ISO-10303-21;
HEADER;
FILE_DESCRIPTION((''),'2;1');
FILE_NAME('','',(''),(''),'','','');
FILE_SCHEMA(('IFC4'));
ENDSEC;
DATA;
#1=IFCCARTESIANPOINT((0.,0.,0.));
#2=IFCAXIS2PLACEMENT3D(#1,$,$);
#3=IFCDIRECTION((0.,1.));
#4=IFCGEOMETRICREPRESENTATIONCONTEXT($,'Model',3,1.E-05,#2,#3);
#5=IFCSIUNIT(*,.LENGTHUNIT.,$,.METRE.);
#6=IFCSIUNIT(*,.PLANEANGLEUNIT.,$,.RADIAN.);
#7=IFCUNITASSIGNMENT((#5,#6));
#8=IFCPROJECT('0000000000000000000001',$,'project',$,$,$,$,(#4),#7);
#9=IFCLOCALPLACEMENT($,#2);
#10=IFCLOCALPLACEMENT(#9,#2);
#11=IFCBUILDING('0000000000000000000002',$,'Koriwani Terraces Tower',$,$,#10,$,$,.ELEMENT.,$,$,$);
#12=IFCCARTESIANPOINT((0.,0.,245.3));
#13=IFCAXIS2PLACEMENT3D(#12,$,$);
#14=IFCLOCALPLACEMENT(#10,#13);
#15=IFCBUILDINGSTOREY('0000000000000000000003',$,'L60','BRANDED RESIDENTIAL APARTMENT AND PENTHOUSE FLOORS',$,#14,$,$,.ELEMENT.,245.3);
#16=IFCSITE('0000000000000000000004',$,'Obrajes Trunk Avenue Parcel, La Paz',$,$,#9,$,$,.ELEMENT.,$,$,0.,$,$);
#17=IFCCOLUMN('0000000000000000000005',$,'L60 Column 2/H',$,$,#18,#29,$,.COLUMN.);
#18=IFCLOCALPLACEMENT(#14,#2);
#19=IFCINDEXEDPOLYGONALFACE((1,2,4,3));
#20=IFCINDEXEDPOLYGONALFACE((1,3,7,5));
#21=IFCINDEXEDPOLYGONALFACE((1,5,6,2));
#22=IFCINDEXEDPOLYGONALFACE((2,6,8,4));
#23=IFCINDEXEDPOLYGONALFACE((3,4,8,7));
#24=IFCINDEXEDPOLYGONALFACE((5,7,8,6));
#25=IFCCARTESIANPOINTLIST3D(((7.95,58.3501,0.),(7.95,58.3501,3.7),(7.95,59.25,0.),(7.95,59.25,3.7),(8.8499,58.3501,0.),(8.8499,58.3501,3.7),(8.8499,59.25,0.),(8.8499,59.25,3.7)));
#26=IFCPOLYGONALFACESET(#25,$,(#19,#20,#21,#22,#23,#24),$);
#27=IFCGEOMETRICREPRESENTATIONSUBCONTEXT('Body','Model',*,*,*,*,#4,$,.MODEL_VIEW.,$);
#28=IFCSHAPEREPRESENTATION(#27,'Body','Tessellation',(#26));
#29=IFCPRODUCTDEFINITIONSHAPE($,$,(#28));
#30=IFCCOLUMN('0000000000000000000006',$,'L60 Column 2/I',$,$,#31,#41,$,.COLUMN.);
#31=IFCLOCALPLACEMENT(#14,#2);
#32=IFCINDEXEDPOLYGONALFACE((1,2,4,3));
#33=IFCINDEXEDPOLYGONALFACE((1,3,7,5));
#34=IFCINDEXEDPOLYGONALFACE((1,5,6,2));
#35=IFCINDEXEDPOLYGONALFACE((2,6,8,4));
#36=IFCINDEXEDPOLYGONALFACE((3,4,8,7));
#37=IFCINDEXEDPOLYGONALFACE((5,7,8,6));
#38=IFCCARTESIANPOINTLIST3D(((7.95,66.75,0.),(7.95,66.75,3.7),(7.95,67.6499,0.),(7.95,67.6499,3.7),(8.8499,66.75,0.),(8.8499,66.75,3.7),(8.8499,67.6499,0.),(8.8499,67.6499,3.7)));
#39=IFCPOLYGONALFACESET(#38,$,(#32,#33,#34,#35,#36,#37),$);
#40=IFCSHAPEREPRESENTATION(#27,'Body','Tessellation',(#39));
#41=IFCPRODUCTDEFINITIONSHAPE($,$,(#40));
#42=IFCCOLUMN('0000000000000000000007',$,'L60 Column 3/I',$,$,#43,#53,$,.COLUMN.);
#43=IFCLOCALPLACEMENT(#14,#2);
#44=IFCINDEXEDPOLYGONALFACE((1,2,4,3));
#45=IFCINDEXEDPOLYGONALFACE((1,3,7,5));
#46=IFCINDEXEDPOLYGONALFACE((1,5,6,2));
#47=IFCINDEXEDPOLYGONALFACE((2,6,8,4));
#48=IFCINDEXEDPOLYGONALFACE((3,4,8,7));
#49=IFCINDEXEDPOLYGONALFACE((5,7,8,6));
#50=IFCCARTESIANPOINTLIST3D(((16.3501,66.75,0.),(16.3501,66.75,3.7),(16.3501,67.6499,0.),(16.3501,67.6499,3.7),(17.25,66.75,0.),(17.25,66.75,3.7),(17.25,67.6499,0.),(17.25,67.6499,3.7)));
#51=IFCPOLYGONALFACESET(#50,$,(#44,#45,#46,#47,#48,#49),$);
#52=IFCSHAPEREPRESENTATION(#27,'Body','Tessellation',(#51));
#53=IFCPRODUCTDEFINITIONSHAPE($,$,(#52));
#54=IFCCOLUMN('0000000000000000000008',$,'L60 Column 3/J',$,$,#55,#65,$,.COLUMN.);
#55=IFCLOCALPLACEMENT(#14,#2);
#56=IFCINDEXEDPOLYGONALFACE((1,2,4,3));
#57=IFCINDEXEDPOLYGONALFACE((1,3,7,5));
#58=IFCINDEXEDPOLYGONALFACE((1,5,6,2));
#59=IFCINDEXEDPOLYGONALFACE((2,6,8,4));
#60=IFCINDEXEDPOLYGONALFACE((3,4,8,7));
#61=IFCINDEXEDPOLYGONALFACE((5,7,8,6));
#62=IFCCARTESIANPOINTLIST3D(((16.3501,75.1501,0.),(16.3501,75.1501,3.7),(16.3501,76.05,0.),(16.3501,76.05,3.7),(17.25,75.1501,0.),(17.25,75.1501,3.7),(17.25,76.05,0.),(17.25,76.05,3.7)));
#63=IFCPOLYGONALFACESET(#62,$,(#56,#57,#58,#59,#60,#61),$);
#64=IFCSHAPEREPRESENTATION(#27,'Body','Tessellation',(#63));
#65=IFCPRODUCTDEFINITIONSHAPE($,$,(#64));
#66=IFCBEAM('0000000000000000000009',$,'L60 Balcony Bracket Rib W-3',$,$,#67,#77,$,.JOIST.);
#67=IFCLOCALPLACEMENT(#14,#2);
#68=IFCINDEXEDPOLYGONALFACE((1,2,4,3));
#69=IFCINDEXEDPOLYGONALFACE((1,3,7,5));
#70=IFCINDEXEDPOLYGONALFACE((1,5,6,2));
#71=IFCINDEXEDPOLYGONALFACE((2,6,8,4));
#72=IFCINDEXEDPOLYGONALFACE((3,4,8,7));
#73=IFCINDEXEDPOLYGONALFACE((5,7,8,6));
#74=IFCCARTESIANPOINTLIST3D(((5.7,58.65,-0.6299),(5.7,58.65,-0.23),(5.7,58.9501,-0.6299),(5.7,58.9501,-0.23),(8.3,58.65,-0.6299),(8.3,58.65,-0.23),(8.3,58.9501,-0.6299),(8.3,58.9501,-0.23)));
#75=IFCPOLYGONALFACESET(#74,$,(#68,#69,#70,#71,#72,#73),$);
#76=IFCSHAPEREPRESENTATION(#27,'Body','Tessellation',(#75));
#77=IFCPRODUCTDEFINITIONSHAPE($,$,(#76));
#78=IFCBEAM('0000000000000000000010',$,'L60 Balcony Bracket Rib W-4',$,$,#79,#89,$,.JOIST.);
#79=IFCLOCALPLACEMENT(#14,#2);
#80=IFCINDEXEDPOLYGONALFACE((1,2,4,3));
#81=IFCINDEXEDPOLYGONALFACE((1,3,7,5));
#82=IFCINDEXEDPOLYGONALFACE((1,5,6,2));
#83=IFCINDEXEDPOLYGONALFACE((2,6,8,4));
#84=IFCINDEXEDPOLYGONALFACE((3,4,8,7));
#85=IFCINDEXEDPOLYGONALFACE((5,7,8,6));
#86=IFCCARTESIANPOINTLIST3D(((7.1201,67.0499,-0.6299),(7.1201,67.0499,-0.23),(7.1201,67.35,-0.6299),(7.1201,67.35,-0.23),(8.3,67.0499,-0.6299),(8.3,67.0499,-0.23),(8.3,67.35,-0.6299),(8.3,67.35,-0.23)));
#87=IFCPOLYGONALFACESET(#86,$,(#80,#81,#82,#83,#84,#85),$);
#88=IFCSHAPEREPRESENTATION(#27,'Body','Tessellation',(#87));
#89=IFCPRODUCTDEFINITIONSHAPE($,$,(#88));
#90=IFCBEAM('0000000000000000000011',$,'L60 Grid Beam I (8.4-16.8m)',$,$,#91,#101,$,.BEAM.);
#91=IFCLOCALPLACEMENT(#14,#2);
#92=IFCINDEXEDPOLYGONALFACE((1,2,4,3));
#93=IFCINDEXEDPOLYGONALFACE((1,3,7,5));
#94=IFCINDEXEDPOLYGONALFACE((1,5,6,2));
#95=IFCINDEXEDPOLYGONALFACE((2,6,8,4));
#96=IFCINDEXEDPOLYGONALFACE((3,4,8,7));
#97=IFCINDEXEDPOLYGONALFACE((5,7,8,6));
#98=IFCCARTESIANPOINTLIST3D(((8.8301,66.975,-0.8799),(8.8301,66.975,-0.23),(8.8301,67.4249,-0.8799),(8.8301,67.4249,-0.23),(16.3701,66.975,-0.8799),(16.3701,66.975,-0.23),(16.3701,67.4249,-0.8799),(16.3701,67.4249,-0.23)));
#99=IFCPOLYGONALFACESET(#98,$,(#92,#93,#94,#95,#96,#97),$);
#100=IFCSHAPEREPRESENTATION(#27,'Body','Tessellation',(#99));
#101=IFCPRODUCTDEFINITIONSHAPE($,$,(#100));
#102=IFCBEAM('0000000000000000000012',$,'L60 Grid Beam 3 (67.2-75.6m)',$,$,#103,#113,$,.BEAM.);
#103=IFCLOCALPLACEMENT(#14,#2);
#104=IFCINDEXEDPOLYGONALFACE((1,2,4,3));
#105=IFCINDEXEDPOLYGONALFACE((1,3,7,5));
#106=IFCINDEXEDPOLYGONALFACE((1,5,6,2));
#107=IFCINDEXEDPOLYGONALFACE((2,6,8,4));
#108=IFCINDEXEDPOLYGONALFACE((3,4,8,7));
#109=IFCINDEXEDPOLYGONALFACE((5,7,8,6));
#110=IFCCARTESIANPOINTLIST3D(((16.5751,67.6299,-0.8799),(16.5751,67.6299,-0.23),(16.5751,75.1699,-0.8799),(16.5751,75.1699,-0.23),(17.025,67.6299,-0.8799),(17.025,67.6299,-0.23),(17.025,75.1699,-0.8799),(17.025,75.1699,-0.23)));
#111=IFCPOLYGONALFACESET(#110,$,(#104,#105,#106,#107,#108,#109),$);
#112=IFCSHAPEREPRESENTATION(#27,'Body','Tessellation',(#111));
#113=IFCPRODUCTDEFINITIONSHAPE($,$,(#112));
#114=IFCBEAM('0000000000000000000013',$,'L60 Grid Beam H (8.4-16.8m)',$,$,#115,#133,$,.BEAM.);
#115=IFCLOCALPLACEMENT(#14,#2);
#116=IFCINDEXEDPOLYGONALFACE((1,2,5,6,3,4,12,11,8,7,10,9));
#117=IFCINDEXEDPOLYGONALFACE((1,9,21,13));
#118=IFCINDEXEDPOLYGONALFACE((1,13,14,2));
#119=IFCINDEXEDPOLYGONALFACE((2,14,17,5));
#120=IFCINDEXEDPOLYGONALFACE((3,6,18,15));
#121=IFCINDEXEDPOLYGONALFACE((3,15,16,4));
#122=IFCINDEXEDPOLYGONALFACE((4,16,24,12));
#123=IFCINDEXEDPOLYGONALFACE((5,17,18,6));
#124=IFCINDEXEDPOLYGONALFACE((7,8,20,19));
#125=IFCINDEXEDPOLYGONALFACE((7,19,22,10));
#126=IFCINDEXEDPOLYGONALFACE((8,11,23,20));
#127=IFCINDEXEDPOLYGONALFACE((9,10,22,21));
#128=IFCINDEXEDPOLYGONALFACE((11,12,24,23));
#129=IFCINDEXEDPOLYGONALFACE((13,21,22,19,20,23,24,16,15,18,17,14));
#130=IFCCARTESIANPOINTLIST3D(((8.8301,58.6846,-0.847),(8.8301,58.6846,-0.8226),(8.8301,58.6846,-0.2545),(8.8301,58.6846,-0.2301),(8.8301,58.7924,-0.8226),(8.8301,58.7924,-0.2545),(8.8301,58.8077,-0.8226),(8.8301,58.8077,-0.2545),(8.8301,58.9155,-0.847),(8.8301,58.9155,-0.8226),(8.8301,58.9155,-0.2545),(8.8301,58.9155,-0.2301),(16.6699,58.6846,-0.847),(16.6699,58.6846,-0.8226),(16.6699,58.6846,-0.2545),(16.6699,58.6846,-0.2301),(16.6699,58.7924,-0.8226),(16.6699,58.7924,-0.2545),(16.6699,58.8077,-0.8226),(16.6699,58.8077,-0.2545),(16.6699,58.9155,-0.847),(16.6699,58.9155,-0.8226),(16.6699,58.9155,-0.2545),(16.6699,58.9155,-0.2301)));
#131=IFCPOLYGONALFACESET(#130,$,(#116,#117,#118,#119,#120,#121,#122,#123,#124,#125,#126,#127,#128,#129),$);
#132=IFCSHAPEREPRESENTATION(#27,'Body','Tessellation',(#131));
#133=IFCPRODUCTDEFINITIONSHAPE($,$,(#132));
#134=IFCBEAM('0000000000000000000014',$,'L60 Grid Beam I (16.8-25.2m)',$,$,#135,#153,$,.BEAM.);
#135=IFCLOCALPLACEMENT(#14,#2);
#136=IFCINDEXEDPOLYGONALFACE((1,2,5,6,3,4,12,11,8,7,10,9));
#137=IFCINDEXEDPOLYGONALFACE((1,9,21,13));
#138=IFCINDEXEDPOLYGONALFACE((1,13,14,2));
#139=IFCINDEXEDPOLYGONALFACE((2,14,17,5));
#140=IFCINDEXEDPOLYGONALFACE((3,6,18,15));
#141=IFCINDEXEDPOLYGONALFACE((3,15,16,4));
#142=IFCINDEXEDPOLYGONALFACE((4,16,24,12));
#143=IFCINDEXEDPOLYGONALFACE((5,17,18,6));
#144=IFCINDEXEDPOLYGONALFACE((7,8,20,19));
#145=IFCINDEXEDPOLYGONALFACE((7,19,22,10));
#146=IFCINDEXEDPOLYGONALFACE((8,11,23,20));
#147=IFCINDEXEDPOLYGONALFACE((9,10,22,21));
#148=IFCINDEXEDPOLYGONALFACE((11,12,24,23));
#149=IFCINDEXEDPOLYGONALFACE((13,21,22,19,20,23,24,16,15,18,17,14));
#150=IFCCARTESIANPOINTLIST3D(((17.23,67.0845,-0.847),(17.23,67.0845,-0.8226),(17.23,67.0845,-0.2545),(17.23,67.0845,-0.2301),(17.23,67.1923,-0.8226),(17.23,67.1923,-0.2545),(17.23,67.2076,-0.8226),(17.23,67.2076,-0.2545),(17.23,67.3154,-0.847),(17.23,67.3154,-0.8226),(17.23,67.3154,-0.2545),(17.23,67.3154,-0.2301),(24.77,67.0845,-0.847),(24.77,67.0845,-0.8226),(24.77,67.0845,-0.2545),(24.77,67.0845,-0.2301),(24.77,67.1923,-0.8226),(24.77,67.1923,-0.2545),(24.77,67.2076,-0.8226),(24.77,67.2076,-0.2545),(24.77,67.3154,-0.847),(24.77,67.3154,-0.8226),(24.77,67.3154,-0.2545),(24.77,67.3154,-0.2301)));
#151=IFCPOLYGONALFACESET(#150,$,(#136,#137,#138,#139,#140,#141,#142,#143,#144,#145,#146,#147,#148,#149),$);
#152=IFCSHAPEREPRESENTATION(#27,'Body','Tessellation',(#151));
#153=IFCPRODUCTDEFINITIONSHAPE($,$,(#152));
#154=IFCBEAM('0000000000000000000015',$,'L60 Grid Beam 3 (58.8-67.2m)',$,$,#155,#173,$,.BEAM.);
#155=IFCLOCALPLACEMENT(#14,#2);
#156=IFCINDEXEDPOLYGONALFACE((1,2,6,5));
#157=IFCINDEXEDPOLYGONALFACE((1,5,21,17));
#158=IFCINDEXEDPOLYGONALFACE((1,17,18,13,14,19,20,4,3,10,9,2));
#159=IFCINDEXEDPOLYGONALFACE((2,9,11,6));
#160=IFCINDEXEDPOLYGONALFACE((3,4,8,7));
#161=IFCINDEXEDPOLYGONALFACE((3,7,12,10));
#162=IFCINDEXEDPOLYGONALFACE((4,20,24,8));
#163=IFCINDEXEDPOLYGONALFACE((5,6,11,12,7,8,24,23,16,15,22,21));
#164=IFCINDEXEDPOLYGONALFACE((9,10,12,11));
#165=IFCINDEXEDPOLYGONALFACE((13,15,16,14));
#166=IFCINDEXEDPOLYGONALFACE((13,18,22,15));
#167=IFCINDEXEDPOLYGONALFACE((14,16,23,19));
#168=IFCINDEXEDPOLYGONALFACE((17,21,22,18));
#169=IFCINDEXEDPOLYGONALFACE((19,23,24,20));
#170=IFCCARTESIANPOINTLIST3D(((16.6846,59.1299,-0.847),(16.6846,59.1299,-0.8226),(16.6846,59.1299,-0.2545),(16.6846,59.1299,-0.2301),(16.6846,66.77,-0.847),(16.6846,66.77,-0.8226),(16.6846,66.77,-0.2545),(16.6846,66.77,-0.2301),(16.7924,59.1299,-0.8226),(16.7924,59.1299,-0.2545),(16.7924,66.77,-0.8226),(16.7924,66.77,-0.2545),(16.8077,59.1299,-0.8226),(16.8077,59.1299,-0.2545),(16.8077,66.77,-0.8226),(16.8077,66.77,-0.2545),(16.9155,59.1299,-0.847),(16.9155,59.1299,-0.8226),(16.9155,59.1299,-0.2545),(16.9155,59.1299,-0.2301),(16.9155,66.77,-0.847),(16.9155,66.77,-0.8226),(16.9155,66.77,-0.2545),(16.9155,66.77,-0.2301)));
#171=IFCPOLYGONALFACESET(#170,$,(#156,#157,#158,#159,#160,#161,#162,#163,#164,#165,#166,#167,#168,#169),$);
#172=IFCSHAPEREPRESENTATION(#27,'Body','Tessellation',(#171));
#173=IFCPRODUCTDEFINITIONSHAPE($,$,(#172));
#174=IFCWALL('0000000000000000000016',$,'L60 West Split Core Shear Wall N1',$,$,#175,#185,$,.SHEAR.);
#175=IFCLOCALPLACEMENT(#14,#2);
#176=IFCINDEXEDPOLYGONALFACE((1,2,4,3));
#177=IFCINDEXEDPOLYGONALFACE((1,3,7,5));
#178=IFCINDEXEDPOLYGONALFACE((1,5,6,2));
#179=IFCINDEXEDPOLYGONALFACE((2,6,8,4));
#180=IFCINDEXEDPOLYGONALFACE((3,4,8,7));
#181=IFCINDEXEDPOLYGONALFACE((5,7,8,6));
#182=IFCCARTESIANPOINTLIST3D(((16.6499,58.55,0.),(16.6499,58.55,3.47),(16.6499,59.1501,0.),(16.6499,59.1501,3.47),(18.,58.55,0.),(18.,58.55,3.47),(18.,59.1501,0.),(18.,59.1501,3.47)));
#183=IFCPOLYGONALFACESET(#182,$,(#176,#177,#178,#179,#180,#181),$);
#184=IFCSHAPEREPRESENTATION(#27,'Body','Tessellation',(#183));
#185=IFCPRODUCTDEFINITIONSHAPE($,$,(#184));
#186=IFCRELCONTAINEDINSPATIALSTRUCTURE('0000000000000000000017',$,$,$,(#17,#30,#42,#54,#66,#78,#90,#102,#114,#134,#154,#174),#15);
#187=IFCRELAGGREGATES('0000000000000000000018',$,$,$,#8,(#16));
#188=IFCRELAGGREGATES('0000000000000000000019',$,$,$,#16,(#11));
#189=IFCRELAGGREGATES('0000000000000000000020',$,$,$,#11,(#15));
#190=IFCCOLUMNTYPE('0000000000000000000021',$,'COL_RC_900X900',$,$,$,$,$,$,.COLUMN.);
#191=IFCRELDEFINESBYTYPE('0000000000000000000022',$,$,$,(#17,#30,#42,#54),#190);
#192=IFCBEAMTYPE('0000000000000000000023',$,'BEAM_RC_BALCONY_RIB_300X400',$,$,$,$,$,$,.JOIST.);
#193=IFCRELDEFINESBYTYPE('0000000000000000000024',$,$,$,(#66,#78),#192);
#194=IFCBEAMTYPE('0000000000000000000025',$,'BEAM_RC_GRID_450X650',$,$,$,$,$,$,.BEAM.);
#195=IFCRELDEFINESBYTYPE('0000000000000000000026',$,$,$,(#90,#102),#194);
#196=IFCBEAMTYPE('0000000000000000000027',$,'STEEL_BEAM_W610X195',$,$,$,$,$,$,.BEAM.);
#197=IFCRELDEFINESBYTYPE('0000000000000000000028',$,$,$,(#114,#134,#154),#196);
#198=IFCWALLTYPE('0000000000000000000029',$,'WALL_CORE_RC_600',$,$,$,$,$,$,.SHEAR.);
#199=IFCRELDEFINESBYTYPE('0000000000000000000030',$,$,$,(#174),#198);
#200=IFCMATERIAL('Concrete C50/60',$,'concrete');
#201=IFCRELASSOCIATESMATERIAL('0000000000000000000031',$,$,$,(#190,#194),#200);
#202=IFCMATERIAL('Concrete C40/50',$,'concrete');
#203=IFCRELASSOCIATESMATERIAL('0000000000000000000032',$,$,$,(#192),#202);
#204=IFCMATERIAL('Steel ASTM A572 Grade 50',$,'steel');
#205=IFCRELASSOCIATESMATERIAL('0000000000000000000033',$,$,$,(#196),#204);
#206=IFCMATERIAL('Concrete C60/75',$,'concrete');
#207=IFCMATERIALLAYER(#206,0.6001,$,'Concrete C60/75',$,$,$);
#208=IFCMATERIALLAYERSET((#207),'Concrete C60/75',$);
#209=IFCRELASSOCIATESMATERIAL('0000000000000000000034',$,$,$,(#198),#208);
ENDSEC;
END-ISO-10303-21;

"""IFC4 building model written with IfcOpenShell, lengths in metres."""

from ifc_helpers import new_model, si_unit, direction, frame, frame_2d, origin, origin_2d, place, context, subcontext, project, spatial, rectangle, i_section, extrude, material, layer, layer_set, material_profile, profile_set, type_object, element, save


model = new_model("IFC4")

# Units and contexts
model_context = context("Model", 3, precision=1e-05, world=origin(), true_north=direction((0.0, 1.0)))
body_context = subcontext(model_context, "Body", "Model", "MODEL_VIEW")
ifc_project = project(units=[si_unit("LENGTHUNIT", "METRE"), si_unit("PLANEANGLEUNIT", "RADIAN")], contexts=[model_context])

# Site, building, storey
site_placement = place(None, origin())
site = spatial("IfcSite", under=ifc_project, at=site_placement, Name="Obrajes Trunk Avenue Parcel, La Paz", CompositionType="ELEMENT", RefElevation=0.0)
building_placement = place(site_placement, origin())
building = spatial("IfcBuilding", under=site, at=building_placement, Name="Koriwani Terraces Tower", CompositionType="ELEMENT")
storey_placement = place(building_placement, frame((0.0, 0.0, 245.3)))
storey = spatial("IfcBuildingStorey", under=building, at=storey_placement, Name="L60", Description="BRANDED RESIDENTIAL APARTMENT AND PENTHOUSE FLOORS", CompositionType="ELEMENT", Elevation=245.3)

# Columns
ifc_material_1 = material(Name="Concrete C50/60", Category="concrete")
ifc_material_profile_1 = material_profile(ifc_material_1, rectangle(XDim=0.8999, YDim=0.8999, at=origin_2d()), Name="Concrete C50/60", Category="LoadBearing")
ifc_profile_set_1 = profile_set([ifc_material_profile_1], Name="Concrete C50/60")
column_type = type_object("IfcColumnType", Name="COL_RC_900X900", PredefinedType="COLUMN", material=ifc_profile_set_1)
for number, where, z_axis, x_axis, name in (
    (1, (8.3999, 58.8, 0.0), (0.0, 0.0, 1.0), (1.0, 0.0, 0.0), "L60 Column 2/H"),
    (2, (8.3999, 67.2, 0.0), (0.0, 0.0, 1.0), (1.0, 0.0, 0.0), "L60 Column 2/I"),
    (3, (16.8, 67.2, 0.0), (0.0, 0.0, 1.0), (1.0, 0.0, 0.0), "L60 Column 3/I"),
    (4, (16.8, 75.6001, 0.0), (0.0, 0.0, 1.0), (1.0, 0.0, 0.0), "L60 Column 3/J"),
):
    element("IfcColumn", number, at=place(storey_placement, frame(where, z_axis=z_axis, x_axis=x_axis)), inside=storey, type_object=column_type, Name=name, PredefinedType="COLUMN", context=body_context, shape_type="SweptSolid", body=[
        extrude(rectangle(XDim=0.8999, YDim=0.8999, at=origin_2d()), origin(), (0.0, 0.0, 1.0), 3.7),
    ])

# Beams
ifc_material_2 = material(Name="Concrete C40/50", Category="concrete")
ifc_material_profile_2 = material_profile(ifc_material_2, rectangle(XDim=0.3, YDim=0.3999, at=origin_2d()), Name="Concrete C40/50", Category="LoadBearing")
ifc_profile_set_2 = profile_set([ifc_material_profile_2], Name="Concrete C40/50")
beam_type_1 = type_object("IfcBeamType", Name="BEAM_RC_BALCONY_RIB_300X400", PredefinedType="JOIST", material=ifc_profile_set_2)
beam_1_placement = place(storey_placement, frame((5.7, 58.8, -0.4299), z_axis=(1.0, 0.0, 0.0), x_axis=(0.0, 1.0, 0.0)))
element("IfcBeam", 5, at=beam_1_placement, inside=storey, type_object=beam_type_1, Name="L60 Balcony Bracket Rib W-3", PredefinedType="JOIST", context=body_context, shape_type="SweptSolid", body=[
    extrude(rectangle(XDim=0.3, YDim=0.3999, at=origin_2d()), origin(), (0.0, 0.0, 1.0), 2.6001),
])
beam_2_placement = place(storey_placement, frame((7.1201, 67.2, -0.4299), z_axis=(1.0, 0.0, 0.0), x_axis=(0.0, 1.0, 0.0)))
element("IfcBeam", 6, at=beam_2_placement, inside=storey, type_object=beam_type_1, Name="L60 Balcony Bracket Rib W-4", PredefinedType="JOIST", context=body_context, shape_type="SweptSolid", body=[
    extrude(rectangle(XDim=0.3, YDim=0.3999, at=origin_2d()), origin(), (0.0, 0.0, 1.0), 1.1799),
])
ifc_material_profile_3 = material_profile(ifc_material_1, rectangle(XDim=0.45, YDim=0.6499, at=origin_2d()), Name="Concrete C50/60", Category="LoadBearing")
ifc_profile_set_3 = profile_set([ifc_material_profile_3], Name="Concrete C50/60")
beam_type_2 = type_object("IfcBeamType", Name="BEAM_RC_GRID_450X650", PredefinedType="BEAM", material=ifc_profile_set_3)
for number, where, z_axis, x_axis, name in (
    (7, (8.8301, 67.2, -0.5549), (1.0, 0.0, 0.0), (0.0, 1.0, 0.0), "L60 Grid Beam I (8.4-16.8m)"),
    (8, (16.8, 67.6299, -0.5549), (0.0, 1.0, 0.0), (-1.0, 0.0, 0.0), "L60 Grid Beam 3 (67.2-75.6m)"),
):
    element("IfcBeam", number, at=place(storey_placement, frame(where, z_axis=z_axis, x_axis=x_axis)), inside=storey, type_object=beam_type_2, Name=name, PredefinedType="BEAM", context=body_context, shape_type="SweptSolid", body=[
        extrude(rectangle(XDim=0.45, YDim=0.6499, at=origin_2d()), origin(), (0.0, 0.0, 1.0), 7.54),
    ])
ifc_material_3 = material(Name="Steel ASTM A572 Grade 50", Category="steel")
ifc_material_profile_4 = material_profile(ifc_material_3, i_section(OverallWidth=0.231, OverallDepth=0.6169, WebThickness=0.0154, FlangeThickness=0.0244, at=origin_2d()), Name="Steel ASTM A572 Grade 50", Category="LoadBearing")
ifc_profile_set_4 = profile_set([ifc_material_profile_4], Name="Steel ASTM A572 Grade 50")
beam_type_3 = type_object("IfcBeamType", Name="STEEL_BEAM_W610X195", PredefinedType="BEAM", material=ifc_profile_set_4)
beam_3_placement = place(storey_placement, frame((8.8301, 58.8, -0.5386), z_axis=(1.0, 0.0, 0.0), x_axis=(0.0, 1.0, 0.0)))
element("IfcBeam", 9, at=beam_3_placement, inside=storey, type_object=beam_type_3, Name="L60 Grid Beam H (8.4-16.8m)", PredefinedType="BEAM", context=body_context, shape_type="SweptSolid", body=[
    extrude(i_section(OverallWidth=0.231, OverallDepth=0.6169, WebThickness=0.0154, FlangeThickness=0.0244, at=origin_2d()), origin(), (0.0, 0.0, 1.0), 7.8398),
])
beam_4_placement = place(storey_placement, frame((17.23, 67.2, -0.5386), z_axis=(1.0, 0.0, 0.0), x_axis=(0.0, 1.0, 0.0)))
element("IfcBeam", 10, at=beam_4_placement, inside=storey, type_object=beam_type_3, Name="L60 Grid Beam I (16.8-25.2m)", PredefinedType="BEAM", context=body_context, shape_type="SweptSolid", body=[
    extrude(i_section(OverallWidth=0.231, OverallDepth=0.6169, WebThickness=0.0154, FlangeThickness=0.0244, at=origin_2d()), origin(), (0.0, 0.0, 1.0), 7.54),
])
beam_5_placement = place(storey_placement, frame((16.8, 59.1299, -0.5386), z_axis=(0.0, 1.0, 0.0), x_axis=(-1.0, 0.0, 0.0)))
element("IfcBeam", 11, at=beam_5_placement, inside=storey, type_object=beam_type_3, Name="L60 Grid Beam 3 (58.8-67.2m)", PredefinedType="BEAM", context=body_context, shape_type="SweptSolid", body=[
    extrude(i_section(OverallWidth=0.231, OverallDepth=0.6169, WebThickness=0.0154, FlangeThickness=0.0244, at=origin_2d()), origin(), (0.0, 0.0, 1.0), 7.6401),
])

# Wall
ifc_material_4 = material(Name="Concrete C60/75", Category="concrete")
ifc_layer_1 = layer(ifc_material_4, 0.6001, Name="Concrete C60/75")
ifc_layer_set_1 = layer_set([ifc_layer_1], Name="Concrete C60/75")
wall_type_1 = type_object("IfcWallType", Name="WALL_CORE_RC_600", PredefinedType="SHEAR", material=ifc_layer_set_1)
wall_1_placement = place(storey_placement, frame((16.6499, 58.8501, 0.0), z_axis=(0.0, 0.0, 1.0), x_axis=(1.0, 0.0, 0.0)))
element("IfcWall", 12, at=wall_1_placement, inside=storey, type_object=wall_type_1, Name="L60 West Split Core Shear Wall N1", PredefinedType="SHEAR", context=body_context, shape_type="SweptSolid", body=[
    extrude(rectangle(XDim=1.3501, YDim=0.6001, at=frame_2d((0.675, 0.0))), origin(), (0.0, 0.0, 1.0), 3.47),
])

save(model, "model.ifc")
